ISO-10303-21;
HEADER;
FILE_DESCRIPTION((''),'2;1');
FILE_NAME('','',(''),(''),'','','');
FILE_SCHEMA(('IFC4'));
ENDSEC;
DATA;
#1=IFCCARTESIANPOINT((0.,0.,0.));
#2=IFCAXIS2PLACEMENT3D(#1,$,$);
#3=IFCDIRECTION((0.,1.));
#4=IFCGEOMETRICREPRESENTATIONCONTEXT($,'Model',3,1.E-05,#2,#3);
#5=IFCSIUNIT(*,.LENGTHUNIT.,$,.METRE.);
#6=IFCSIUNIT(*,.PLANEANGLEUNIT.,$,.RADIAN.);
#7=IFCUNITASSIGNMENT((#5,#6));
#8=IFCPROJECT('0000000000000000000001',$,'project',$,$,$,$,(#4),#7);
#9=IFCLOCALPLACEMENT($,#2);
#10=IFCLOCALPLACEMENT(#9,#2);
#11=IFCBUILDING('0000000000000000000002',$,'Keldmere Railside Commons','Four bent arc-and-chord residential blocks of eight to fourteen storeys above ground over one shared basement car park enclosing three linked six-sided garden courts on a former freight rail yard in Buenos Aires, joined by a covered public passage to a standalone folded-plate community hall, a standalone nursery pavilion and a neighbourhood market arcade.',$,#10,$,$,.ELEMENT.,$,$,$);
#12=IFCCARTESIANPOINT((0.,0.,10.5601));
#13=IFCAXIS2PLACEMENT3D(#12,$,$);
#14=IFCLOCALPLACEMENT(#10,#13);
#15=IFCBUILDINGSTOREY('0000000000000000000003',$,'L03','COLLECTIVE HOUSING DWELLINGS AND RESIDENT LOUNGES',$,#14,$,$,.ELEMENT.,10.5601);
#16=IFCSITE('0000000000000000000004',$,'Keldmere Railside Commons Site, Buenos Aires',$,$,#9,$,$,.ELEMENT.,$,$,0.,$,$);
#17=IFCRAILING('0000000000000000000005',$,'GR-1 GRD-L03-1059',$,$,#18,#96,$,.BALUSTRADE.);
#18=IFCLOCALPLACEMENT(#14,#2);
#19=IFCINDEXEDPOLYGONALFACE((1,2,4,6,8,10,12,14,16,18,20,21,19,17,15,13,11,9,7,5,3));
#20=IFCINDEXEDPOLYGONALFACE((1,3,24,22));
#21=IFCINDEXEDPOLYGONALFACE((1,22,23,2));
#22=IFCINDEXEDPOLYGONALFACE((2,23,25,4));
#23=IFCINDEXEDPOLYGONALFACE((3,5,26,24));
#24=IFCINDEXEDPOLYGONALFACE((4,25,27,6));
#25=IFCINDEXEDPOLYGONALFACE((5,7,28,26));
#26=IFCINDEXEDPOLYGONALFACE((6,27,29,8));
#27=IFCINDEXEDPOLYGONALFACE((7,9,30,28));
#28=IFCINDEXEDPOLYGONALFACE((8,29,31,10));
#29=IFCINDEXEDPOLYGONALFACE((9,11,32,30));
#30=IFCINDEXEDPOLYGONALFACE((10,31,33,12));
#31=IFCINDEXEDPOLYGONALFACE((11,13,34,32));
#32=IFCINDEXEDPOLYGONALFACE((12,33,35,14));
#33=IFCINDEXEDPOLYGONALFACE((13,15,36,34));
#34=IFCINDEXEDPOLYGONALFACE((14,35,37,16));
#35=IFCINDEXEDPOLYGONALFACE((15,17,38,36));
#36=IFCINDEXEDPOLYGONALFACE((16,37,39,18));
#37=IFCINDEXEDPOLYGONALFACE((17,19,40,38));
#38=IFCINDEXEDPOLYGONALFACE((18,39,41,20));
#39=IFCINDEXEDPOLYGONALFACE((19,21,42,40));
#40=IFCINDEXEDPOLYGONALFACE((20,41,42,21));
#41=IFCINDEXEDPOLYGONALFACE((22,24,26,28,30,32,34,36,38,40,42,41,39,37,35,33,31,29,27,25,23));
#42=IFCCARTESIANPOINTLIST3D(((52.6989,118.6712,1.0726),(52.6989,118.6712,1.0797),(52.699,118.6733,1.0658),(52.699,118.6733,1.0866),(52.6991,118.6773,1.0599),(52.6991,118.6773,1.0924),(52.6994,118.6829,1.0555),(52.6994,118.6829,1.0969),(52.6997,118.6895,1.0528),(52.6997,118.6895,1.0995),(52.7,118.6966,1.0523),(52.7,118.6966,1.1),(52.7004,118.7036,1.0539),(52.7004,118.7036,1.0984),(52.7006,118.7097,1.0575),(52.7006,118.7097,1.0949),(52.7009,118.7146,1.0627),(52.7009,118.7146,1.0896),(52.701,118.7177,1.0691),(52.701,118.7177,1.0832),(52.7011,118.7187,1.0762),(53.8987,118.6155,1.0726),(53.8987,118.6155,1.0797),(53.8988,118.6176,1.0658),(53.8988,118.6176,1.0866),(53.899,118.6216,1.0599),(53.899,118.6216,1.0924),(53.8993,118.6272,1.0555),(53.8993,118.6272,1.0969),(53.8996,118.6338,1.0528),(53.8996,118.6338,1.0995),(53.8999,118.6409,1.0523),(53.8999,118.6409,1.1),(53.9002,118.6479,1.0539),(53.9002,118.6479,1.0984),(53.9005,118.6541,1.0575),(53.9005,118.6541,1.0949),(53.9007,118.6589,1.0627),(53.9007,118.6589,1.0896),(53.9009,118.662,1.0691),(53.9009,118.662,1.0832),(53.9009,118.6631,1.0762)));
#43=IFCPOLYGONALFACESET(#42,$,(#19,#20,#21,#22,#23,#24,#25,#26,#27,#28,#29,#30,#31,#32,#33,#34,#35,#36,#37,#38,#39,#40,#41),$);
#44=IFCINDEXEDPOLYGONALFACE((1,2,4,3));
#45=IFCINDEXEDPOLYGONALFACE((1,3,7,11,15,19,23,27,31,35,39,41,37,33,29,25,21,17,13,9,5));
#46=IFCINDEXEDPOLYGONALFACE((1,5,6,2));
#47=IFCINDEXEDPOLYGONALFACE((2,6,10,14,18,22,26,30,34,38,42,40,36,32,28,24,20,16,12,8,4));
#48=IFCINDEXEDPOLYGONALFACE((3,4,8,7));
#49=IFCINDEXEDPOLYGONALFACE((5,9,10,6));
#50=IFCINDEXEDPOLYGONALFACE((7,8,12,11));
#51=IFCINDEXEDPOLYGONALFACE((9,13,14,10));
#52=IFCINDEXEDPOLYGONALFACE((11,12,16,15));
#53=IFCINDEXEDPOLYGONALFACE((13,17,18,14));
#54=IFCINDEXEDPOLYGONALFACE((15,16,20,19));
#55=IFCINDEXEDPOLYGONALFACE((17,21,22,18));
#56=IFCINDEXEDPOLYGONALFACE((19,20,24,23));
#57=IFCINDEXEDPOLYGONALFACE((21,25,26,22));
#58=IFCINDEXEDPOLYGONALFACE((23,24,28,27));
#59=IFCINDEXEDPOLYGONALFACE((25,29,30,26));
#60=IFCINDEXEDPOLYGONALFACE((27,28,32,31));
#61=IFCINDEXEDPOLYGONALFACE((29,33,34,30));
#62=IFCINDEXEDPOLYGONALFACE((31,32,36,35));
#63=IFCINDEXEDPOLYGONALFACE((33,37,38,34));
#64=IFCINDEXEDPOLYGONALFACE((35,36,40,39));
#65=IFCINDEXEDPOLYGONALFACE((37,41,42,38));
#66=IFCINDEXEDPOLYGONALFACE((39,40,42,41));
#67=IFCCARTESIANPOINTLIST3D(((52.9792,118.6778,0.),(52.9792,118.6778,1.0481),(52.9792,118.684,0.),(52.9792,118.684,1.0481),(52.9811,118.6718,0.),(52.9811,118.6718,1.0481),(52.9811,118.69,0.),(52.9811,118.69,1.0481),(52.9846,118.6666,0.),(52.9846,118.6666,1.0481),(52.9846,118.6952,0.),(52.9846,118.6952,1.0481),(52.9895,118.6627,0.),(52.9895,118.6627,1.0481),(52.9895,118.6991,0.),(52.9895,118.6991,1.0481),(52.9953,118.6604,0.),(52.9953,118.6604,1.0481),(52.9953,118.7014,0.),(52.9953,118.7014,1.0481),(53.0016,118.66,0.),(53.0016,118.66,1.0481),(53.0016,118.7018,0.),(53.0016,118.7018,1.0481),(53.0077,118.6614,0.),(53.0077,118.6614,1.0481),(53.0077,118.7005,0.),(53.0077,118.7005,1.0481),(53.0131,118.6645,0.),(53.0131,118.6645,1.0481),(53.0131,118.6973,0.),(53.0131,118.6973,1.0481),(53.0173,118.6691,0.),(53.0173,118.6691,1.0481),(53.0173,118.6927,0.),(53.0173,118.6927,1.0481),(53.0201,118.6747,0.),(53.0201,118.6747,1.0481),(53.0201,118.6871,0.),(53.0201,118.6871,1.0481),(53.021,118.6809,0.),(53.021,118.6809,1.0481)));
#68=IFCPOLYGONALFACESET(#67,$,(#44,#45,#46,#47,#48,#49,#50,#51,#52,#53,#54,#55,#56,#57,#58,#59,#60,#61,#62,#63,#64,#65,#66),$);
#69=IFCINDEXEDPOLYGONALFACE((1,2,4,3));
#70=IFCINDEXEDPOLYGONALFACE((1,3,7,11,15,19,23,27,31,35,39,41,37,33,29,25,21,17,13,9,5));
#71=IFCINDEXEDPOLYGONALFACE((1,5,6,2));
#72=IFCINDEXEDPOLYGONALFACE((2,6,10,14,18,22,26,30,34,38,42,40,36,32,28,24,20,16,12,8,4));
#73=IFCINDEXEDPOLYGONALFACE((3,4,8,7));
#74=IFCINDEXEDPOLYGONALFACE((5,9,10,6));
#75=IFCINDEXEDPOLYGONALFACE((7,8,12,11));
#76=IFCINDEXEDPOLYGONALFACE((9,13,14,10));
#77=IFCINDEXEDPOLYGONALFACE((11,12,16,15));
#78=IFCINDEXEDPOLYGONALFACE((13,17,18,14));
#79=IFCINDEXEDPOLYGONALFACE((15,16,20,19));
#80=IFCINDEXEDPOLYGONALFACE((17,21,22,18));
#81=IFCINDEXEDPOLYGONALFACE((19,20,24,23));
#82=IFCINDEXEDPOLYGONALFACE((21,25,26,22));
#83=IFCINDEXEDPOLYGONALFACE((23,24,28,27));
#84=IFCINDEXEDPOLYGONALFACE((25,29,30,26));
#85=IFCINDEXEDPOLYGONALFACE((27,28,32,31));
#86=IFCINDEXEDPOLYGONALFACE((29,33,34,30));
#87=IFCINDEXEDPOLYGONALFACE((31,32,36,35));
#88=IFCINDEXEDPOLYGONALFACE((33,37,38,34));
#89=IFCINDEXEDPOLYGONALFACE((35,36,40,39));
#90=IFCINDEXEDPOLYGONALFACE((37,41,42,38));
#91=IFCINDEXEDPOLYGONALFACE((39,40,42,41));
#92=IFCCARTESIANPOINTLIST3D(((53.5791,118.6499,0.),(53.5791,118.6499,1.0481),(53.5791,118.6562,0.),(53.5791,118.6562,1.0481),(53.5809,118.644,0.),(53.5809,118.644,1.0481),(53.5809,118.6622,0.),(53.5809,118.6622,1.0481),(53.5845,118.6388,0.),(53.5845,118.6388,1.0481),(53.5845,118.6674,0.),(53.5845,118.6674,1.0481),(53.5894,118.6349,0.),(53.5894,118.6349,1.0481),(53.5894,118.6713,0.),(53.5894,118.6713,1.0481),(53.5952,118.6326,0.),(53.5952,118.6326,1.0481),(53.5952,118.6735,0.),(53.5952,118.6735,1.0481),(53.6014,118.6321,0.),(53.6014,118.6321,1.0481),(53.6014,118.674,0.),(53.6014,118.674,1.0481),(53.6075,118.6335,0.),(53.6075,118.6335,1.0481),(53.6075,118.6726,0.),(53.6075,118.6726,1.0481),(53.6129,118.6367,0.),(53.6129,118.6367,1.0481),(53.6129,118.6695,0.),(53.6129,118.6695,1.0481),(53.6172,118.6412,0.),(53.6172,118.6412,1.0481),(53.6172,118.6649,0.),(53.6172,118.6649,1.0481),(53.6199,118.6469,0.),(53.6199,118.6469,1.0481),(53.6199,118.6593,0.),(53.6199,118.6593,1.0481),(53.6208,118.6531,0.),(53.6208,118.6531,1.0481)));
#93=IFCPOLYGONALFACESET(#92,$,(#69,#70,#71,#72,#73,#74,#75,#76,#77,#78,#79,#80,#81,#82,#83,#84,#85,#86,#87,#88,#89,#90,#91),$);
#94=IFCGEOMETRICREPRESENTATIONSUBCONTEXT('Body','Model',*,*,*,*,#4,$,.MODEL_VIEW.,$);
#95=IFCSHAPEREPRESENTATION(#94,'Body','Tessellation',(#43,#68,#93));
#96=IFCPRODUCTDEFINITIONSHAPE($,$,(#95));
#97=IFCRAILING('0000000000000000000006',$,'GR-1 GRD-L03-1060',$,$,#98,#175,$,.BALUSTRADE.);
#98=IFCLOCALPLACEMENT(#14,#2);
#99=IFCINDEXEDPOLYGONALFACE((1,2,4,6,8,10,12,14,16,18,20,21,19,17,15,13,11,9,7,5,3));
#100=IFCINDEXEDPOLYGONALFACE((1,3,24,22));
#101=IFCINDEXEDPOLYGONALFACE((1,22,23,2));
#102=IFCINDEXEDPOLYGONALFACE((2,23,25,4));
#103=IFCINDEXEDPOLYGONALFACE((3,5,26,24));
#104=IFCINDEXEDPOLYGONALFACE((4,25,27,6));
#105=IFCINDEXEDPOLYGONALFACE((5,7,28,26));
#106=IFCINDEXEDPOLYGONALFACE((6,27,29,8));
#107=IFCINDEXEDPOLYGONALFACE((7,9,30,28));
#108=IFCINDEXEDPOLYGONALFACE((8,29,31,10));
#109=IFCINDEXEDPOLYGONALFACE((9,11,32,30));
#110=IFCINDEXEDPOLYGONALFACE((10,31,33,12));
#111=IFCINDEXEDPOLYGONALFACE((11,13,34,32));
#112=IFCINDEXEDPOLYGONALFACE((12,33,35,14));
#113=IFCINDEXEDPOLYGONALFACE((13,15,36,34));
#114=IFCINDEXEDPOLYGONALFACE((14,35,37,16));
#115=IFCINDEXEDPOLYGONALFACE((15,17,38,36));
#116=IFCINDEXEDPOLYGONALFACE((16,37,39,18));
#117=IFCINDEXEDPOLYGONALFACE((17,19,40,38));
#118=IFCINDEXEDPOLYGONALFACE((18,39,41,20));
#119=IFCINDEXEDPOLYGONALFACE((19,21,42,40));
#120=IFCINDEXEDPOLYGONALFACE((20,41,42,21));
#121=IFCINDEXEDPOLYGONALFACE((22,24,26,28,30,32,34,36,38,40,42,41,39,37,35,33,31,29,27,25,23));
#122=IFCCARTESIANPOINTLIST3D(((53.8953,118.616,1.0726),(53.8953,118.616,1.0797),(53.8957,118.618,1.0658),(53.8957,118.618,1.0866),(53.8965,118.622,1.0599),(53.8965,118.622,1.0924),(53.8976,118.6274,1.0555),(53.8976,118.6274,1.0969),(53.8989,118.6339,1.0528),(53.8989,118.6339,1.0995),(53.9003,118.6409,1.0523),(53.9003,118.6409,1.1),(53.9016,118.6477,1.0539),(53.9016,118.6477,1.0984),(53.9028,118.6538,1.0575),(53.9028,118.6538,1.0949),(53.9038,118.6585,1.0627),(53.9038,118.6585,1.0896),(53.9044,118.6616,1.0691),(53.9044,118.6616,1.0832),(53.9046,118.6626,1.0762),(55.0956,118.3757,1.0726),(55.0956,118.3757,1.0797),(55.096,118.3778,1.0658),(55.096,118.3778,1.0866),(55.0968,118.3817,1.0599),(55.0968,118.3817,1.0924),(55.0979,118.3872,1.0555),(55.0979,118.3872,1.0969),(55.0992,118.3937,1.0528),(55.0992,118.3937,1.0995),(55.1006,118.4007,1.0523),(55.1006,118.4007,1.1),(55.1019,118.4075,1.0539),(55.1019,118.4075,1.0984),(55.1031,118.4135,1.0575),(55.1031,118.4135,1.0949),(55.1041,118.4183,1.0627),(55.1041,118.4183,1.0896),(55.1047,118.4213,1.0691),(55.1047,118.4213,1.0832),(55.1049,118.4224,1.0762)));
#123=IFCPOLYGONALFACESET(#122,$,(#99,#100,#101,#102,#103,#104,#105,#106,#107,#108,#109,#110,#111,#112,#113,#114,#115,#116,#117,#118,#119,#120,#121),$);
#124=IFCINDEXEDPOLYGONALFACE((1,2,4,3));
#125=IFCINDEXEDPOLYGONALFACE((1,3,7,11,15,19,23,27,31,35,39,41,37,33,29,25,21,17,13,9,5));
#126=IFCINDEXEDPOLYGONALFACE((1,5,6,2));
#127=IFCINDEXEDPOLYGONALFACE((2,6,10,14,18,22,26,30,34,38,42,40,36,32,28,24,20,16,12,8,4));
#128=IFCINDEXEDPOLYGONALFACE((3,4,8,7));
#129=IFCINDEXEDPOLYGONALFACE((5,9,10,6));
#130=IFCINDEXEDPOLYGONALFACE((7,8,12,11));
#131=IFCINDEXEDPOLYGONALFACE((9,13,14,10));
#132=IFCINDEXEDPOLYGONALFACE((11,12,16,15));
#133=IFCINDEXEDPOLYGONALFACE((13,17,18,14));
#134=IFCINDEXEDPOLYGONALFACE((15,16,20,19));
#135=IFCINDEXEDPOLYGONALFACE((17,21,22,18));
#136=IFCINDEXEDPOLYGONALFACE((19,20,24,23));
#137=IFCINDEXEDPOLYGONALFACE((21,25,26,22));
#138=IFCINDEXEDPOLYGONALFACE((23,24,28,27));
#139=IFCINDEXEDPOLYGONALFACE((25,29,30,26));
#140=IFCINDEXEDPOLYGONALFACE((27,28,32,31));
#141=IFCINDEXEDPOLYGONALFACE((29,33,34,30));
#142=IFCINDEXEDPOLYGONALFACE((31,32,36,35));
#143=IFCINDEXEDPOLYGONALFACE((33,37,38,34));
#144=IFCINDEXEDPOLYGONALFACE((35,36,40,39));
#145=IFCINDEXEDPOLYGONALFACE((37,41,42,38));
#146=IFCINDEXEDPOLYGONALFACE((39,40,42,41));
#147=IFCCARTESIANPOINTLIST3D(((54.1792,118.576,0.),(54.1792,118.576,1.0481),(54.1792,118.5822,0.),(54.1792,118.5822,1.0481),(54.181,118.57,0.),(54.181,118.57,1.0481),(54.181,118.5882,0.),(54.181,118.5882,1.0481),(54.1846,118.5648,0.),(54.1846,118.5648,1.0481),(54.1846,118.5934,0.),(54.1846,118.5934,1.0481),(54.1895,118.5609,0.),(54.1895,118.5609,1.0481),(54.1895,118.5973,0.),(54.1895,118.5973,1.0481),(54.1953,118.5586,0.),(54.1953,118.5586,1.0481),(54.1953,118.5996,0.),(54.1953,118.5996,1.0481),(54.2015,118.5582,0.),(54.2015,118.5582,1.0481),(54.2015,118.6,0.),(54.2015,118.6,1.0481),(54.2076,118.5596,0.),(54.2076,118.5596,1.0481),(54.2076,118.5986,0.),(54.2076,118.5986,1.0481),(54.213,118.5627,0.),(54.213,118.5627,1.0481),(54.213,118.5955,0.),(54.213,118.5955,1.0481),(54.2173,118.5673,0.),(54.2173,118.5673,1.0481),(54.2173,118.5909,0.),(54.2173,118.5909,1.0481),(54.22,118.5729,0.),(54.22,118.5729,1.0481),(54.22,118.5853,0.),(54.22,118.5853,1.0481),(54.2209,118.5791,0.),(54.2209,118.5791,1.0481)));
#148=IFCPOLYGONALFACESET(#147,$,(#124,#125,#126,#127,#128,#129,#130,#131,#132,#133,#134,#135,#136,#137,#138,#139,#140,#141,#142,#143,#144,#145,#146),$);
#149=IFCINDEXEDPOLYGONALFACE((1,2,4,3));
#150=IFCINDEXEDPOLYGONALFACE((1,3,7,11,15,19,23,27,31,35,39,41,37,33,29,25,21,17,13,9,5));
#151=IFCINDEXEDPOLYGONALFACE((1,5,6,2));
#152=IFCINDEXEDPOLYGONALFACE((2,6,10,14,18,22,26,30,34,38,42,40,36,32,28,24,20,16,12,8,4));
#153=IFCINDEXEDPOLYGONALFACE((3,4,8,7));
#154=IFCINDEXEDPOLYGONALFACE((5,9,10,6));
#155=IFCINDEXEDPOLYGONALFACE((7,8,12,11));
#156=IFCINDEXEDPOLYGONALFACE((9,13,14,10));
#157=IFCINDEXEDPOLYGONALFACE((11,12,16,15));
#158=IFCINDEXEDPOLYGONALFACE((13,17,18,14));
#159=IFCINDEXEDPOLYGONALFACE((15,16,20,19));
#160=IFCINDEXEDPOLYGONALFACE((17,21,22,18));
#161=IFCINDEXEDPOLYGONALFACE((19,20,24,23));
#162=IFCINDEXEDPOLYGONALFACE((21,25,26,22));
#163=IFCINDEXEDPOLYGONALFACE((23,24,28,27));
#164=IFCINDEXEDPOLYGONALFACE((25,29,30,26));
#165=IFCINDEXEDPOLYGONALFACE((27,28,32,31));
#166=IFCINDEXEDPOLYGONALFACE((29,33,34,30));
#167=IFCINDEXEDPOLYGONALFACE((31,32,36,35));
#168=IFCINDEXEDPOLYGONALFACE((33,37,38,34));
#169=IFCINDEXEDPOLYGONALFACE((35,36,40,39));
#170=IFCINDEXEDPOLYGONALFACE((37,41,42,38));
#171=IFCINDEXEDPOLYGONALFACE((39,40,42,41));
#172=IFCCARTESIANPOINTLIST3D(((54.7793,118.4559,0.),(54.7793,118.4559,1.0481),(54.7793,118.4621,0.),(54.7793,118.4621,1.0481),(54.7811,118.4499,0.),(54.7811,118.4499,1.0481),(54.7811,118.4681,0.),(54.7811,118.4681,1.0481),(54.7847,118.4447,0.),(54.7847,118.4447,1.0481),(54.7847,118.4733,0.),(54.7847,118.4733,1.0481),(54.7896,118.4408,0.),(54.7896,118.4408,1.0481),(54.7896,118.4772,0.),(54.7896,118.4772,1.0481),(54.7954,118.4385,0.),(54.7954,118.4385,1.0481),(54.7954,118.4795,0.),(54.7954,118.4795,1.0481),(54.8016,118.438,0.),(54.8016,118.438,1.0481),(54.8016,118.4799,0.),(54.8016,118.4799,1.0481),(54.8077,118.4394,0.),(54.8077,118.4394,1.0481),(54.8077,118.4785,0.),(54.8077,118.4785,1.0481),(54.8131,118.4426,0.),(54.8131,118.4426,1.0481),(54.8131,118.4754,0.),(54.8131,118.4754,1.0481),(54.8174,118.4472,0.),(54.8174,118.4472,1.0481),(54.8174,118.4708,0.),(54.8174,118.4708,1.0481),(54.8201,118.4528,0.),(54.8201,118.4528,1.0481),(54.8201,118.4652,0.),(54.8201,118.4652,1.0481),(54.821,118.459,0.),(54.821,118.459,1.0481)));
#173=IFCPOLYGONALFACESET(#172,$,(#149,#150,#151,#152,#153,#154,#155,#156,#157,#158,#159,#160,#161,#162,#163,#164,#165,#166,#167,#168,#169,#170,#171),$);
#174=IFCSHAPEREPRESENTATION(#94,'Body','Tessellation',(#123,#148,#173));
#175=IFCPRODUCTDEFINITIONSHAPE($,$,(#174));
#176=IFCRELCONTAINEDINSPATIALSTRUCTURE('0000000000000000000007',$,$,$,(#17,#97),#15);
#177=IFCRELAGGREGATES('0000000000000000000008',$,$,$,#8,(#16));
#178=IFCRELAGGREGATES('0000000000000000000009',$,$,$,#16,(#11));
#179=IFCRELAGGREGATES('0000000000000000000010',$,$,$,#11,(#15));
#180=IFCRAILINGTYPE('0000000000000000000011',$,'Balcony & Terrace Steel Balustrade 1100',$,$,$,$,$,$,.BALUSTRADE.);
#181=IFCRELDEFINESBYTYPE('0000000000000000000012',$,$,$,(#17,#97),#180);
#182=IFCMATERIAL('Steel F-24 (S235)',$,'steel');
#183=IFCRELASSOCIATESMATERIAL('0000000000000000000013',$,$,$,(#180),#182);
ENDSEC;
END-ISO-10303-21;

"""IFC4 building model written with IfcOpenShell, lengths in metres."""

from ifc_helpers import new_model, si_unit, direction, frame, origin, origin_2d, place, context, subcontext, project, spatial, circle, extrude, material, type_object, element, save


model = new_model("IFC4")

# Units and contexts
model_context = context("Model", 3, precision=1e-05, world=origin(), true_north=direction((0.0, 1.0)))
body_context = subcontext(model_context, "Body", "Model", "MODEL_VIEW")
ifc_project = project(units=[si_unit("LENGTHUNIT", "METRE"), si_unit("PLANEANGLEUNIT", "RADIAN")], contexts=[model_context])

# Site, building, storey
site_placement = place(None, origin())
site = spatial("IfcSite", under=ifc_project, at=site_placement, Name="Keldmere Railside Commons Site, Buenos Aires", CompositionType="ELEMENT", RefElevation=0.0)
building_placement = place(site_placement, origin())
building = spatial("IfcBuilding", under=site, at=building_placement, Name="Keldmere Railside Commons", Description="Four bent arc-and-chord residential blocks of eight to fourteen storeys above ground over one shared basement car park enclosing three linked six-sided garden courts on a former freight rail yard in Buenos Aires, joined by a covered public passage to a standalone folded-plate community hall, a standalone nursery pavilion and a neighbourhood market arcade.", CompositionType="ELEMENT")
storey_placement = place(building_placement, frame((0.0, 0.0, 10.5601)))
storey = spatial("IfcBuildingStorey", under=building, at=storey_placement, Name="L03", Description="COLLECTIVE HOUSING DWELLINGS AND RESIDENT LOUNGES", CompositionType="ELEMENT", Elevation=10.5601)

# Shared definitions
ifc_material_1 = material(Name="Steel F-24 (S235)", Category="steel")

# Railings
railing_type = type_object("IfcRailingType", Name="Balcony & Terrace Steel Balustrade 1100", PredefinedType="BALUSTRADE", material=ifc_material_1)
railing_1_placement = place(storey_placement, frame((52.7, 118.6948, 0.0)))
element("IfcRailing", 1, at=railing_1_placement, inside=storey, type_object=railing_type, Name="GR-1 GRD-L03-1059", PredefinedType="BALUSTRADE", context=body_context, shape_type="SweptSolid", body=[
    extrude(circle(Radius=0.0239, at=origin_2d()), frame((0.0, 0.0, 1.0762), z_axis=(0.998926, -0.046339, 0.0), x_axis=(0.046339, 0.998926, 0.0)), (0.0, 0.0, 1.0), 1.2012),
    extrude(circle(Radius=0.021, at=origin_2d()), frame((0.3, -0.0139, 0.0)), (0.0, 0.0, 1.0), 1.0481),
    extrude(circle(Radius=0.021, at=origin_2d()), frame((0.8999, -0.0417, 0.0)), (0.0, 0.0, 1.0), 1.0481),
])
railing_2_placement = place(storey_placement, frame((53.8999, 118.6392, 0.0)))
element("IfcRailing", 2, at=railing_2_placement, inside=storey, type_object=railing_type, Name="GR-1 GRD-L03-1060", PredefinedType="BALUSTRADE", context=body_context, shape_type="SweptSolid", body=[
    extrude(circle(Radius=0.0239, at=origin_2d()), frame((0.0, 0.0, 1.0762), z_axis=(0.98055, -0.19627, 0.0), x_axis=(0.19627, 0.98055, 0.0)), (0.0, 0.0, 1.0), 1.2241),
    extrude(circle(Radius=0.021, at=origin_2d()), frame((0.3, -0.0601, 0.0)), (0.0, 0.0, 1.0), 1.0481),
    extrude(circle(Radius=0.021, at=origin_2d()), frame((0.9001, -0.1802, 0.0)), (0.0, 0.0, 1.0), 1.0481),
])

save(model, "model.ifc")
